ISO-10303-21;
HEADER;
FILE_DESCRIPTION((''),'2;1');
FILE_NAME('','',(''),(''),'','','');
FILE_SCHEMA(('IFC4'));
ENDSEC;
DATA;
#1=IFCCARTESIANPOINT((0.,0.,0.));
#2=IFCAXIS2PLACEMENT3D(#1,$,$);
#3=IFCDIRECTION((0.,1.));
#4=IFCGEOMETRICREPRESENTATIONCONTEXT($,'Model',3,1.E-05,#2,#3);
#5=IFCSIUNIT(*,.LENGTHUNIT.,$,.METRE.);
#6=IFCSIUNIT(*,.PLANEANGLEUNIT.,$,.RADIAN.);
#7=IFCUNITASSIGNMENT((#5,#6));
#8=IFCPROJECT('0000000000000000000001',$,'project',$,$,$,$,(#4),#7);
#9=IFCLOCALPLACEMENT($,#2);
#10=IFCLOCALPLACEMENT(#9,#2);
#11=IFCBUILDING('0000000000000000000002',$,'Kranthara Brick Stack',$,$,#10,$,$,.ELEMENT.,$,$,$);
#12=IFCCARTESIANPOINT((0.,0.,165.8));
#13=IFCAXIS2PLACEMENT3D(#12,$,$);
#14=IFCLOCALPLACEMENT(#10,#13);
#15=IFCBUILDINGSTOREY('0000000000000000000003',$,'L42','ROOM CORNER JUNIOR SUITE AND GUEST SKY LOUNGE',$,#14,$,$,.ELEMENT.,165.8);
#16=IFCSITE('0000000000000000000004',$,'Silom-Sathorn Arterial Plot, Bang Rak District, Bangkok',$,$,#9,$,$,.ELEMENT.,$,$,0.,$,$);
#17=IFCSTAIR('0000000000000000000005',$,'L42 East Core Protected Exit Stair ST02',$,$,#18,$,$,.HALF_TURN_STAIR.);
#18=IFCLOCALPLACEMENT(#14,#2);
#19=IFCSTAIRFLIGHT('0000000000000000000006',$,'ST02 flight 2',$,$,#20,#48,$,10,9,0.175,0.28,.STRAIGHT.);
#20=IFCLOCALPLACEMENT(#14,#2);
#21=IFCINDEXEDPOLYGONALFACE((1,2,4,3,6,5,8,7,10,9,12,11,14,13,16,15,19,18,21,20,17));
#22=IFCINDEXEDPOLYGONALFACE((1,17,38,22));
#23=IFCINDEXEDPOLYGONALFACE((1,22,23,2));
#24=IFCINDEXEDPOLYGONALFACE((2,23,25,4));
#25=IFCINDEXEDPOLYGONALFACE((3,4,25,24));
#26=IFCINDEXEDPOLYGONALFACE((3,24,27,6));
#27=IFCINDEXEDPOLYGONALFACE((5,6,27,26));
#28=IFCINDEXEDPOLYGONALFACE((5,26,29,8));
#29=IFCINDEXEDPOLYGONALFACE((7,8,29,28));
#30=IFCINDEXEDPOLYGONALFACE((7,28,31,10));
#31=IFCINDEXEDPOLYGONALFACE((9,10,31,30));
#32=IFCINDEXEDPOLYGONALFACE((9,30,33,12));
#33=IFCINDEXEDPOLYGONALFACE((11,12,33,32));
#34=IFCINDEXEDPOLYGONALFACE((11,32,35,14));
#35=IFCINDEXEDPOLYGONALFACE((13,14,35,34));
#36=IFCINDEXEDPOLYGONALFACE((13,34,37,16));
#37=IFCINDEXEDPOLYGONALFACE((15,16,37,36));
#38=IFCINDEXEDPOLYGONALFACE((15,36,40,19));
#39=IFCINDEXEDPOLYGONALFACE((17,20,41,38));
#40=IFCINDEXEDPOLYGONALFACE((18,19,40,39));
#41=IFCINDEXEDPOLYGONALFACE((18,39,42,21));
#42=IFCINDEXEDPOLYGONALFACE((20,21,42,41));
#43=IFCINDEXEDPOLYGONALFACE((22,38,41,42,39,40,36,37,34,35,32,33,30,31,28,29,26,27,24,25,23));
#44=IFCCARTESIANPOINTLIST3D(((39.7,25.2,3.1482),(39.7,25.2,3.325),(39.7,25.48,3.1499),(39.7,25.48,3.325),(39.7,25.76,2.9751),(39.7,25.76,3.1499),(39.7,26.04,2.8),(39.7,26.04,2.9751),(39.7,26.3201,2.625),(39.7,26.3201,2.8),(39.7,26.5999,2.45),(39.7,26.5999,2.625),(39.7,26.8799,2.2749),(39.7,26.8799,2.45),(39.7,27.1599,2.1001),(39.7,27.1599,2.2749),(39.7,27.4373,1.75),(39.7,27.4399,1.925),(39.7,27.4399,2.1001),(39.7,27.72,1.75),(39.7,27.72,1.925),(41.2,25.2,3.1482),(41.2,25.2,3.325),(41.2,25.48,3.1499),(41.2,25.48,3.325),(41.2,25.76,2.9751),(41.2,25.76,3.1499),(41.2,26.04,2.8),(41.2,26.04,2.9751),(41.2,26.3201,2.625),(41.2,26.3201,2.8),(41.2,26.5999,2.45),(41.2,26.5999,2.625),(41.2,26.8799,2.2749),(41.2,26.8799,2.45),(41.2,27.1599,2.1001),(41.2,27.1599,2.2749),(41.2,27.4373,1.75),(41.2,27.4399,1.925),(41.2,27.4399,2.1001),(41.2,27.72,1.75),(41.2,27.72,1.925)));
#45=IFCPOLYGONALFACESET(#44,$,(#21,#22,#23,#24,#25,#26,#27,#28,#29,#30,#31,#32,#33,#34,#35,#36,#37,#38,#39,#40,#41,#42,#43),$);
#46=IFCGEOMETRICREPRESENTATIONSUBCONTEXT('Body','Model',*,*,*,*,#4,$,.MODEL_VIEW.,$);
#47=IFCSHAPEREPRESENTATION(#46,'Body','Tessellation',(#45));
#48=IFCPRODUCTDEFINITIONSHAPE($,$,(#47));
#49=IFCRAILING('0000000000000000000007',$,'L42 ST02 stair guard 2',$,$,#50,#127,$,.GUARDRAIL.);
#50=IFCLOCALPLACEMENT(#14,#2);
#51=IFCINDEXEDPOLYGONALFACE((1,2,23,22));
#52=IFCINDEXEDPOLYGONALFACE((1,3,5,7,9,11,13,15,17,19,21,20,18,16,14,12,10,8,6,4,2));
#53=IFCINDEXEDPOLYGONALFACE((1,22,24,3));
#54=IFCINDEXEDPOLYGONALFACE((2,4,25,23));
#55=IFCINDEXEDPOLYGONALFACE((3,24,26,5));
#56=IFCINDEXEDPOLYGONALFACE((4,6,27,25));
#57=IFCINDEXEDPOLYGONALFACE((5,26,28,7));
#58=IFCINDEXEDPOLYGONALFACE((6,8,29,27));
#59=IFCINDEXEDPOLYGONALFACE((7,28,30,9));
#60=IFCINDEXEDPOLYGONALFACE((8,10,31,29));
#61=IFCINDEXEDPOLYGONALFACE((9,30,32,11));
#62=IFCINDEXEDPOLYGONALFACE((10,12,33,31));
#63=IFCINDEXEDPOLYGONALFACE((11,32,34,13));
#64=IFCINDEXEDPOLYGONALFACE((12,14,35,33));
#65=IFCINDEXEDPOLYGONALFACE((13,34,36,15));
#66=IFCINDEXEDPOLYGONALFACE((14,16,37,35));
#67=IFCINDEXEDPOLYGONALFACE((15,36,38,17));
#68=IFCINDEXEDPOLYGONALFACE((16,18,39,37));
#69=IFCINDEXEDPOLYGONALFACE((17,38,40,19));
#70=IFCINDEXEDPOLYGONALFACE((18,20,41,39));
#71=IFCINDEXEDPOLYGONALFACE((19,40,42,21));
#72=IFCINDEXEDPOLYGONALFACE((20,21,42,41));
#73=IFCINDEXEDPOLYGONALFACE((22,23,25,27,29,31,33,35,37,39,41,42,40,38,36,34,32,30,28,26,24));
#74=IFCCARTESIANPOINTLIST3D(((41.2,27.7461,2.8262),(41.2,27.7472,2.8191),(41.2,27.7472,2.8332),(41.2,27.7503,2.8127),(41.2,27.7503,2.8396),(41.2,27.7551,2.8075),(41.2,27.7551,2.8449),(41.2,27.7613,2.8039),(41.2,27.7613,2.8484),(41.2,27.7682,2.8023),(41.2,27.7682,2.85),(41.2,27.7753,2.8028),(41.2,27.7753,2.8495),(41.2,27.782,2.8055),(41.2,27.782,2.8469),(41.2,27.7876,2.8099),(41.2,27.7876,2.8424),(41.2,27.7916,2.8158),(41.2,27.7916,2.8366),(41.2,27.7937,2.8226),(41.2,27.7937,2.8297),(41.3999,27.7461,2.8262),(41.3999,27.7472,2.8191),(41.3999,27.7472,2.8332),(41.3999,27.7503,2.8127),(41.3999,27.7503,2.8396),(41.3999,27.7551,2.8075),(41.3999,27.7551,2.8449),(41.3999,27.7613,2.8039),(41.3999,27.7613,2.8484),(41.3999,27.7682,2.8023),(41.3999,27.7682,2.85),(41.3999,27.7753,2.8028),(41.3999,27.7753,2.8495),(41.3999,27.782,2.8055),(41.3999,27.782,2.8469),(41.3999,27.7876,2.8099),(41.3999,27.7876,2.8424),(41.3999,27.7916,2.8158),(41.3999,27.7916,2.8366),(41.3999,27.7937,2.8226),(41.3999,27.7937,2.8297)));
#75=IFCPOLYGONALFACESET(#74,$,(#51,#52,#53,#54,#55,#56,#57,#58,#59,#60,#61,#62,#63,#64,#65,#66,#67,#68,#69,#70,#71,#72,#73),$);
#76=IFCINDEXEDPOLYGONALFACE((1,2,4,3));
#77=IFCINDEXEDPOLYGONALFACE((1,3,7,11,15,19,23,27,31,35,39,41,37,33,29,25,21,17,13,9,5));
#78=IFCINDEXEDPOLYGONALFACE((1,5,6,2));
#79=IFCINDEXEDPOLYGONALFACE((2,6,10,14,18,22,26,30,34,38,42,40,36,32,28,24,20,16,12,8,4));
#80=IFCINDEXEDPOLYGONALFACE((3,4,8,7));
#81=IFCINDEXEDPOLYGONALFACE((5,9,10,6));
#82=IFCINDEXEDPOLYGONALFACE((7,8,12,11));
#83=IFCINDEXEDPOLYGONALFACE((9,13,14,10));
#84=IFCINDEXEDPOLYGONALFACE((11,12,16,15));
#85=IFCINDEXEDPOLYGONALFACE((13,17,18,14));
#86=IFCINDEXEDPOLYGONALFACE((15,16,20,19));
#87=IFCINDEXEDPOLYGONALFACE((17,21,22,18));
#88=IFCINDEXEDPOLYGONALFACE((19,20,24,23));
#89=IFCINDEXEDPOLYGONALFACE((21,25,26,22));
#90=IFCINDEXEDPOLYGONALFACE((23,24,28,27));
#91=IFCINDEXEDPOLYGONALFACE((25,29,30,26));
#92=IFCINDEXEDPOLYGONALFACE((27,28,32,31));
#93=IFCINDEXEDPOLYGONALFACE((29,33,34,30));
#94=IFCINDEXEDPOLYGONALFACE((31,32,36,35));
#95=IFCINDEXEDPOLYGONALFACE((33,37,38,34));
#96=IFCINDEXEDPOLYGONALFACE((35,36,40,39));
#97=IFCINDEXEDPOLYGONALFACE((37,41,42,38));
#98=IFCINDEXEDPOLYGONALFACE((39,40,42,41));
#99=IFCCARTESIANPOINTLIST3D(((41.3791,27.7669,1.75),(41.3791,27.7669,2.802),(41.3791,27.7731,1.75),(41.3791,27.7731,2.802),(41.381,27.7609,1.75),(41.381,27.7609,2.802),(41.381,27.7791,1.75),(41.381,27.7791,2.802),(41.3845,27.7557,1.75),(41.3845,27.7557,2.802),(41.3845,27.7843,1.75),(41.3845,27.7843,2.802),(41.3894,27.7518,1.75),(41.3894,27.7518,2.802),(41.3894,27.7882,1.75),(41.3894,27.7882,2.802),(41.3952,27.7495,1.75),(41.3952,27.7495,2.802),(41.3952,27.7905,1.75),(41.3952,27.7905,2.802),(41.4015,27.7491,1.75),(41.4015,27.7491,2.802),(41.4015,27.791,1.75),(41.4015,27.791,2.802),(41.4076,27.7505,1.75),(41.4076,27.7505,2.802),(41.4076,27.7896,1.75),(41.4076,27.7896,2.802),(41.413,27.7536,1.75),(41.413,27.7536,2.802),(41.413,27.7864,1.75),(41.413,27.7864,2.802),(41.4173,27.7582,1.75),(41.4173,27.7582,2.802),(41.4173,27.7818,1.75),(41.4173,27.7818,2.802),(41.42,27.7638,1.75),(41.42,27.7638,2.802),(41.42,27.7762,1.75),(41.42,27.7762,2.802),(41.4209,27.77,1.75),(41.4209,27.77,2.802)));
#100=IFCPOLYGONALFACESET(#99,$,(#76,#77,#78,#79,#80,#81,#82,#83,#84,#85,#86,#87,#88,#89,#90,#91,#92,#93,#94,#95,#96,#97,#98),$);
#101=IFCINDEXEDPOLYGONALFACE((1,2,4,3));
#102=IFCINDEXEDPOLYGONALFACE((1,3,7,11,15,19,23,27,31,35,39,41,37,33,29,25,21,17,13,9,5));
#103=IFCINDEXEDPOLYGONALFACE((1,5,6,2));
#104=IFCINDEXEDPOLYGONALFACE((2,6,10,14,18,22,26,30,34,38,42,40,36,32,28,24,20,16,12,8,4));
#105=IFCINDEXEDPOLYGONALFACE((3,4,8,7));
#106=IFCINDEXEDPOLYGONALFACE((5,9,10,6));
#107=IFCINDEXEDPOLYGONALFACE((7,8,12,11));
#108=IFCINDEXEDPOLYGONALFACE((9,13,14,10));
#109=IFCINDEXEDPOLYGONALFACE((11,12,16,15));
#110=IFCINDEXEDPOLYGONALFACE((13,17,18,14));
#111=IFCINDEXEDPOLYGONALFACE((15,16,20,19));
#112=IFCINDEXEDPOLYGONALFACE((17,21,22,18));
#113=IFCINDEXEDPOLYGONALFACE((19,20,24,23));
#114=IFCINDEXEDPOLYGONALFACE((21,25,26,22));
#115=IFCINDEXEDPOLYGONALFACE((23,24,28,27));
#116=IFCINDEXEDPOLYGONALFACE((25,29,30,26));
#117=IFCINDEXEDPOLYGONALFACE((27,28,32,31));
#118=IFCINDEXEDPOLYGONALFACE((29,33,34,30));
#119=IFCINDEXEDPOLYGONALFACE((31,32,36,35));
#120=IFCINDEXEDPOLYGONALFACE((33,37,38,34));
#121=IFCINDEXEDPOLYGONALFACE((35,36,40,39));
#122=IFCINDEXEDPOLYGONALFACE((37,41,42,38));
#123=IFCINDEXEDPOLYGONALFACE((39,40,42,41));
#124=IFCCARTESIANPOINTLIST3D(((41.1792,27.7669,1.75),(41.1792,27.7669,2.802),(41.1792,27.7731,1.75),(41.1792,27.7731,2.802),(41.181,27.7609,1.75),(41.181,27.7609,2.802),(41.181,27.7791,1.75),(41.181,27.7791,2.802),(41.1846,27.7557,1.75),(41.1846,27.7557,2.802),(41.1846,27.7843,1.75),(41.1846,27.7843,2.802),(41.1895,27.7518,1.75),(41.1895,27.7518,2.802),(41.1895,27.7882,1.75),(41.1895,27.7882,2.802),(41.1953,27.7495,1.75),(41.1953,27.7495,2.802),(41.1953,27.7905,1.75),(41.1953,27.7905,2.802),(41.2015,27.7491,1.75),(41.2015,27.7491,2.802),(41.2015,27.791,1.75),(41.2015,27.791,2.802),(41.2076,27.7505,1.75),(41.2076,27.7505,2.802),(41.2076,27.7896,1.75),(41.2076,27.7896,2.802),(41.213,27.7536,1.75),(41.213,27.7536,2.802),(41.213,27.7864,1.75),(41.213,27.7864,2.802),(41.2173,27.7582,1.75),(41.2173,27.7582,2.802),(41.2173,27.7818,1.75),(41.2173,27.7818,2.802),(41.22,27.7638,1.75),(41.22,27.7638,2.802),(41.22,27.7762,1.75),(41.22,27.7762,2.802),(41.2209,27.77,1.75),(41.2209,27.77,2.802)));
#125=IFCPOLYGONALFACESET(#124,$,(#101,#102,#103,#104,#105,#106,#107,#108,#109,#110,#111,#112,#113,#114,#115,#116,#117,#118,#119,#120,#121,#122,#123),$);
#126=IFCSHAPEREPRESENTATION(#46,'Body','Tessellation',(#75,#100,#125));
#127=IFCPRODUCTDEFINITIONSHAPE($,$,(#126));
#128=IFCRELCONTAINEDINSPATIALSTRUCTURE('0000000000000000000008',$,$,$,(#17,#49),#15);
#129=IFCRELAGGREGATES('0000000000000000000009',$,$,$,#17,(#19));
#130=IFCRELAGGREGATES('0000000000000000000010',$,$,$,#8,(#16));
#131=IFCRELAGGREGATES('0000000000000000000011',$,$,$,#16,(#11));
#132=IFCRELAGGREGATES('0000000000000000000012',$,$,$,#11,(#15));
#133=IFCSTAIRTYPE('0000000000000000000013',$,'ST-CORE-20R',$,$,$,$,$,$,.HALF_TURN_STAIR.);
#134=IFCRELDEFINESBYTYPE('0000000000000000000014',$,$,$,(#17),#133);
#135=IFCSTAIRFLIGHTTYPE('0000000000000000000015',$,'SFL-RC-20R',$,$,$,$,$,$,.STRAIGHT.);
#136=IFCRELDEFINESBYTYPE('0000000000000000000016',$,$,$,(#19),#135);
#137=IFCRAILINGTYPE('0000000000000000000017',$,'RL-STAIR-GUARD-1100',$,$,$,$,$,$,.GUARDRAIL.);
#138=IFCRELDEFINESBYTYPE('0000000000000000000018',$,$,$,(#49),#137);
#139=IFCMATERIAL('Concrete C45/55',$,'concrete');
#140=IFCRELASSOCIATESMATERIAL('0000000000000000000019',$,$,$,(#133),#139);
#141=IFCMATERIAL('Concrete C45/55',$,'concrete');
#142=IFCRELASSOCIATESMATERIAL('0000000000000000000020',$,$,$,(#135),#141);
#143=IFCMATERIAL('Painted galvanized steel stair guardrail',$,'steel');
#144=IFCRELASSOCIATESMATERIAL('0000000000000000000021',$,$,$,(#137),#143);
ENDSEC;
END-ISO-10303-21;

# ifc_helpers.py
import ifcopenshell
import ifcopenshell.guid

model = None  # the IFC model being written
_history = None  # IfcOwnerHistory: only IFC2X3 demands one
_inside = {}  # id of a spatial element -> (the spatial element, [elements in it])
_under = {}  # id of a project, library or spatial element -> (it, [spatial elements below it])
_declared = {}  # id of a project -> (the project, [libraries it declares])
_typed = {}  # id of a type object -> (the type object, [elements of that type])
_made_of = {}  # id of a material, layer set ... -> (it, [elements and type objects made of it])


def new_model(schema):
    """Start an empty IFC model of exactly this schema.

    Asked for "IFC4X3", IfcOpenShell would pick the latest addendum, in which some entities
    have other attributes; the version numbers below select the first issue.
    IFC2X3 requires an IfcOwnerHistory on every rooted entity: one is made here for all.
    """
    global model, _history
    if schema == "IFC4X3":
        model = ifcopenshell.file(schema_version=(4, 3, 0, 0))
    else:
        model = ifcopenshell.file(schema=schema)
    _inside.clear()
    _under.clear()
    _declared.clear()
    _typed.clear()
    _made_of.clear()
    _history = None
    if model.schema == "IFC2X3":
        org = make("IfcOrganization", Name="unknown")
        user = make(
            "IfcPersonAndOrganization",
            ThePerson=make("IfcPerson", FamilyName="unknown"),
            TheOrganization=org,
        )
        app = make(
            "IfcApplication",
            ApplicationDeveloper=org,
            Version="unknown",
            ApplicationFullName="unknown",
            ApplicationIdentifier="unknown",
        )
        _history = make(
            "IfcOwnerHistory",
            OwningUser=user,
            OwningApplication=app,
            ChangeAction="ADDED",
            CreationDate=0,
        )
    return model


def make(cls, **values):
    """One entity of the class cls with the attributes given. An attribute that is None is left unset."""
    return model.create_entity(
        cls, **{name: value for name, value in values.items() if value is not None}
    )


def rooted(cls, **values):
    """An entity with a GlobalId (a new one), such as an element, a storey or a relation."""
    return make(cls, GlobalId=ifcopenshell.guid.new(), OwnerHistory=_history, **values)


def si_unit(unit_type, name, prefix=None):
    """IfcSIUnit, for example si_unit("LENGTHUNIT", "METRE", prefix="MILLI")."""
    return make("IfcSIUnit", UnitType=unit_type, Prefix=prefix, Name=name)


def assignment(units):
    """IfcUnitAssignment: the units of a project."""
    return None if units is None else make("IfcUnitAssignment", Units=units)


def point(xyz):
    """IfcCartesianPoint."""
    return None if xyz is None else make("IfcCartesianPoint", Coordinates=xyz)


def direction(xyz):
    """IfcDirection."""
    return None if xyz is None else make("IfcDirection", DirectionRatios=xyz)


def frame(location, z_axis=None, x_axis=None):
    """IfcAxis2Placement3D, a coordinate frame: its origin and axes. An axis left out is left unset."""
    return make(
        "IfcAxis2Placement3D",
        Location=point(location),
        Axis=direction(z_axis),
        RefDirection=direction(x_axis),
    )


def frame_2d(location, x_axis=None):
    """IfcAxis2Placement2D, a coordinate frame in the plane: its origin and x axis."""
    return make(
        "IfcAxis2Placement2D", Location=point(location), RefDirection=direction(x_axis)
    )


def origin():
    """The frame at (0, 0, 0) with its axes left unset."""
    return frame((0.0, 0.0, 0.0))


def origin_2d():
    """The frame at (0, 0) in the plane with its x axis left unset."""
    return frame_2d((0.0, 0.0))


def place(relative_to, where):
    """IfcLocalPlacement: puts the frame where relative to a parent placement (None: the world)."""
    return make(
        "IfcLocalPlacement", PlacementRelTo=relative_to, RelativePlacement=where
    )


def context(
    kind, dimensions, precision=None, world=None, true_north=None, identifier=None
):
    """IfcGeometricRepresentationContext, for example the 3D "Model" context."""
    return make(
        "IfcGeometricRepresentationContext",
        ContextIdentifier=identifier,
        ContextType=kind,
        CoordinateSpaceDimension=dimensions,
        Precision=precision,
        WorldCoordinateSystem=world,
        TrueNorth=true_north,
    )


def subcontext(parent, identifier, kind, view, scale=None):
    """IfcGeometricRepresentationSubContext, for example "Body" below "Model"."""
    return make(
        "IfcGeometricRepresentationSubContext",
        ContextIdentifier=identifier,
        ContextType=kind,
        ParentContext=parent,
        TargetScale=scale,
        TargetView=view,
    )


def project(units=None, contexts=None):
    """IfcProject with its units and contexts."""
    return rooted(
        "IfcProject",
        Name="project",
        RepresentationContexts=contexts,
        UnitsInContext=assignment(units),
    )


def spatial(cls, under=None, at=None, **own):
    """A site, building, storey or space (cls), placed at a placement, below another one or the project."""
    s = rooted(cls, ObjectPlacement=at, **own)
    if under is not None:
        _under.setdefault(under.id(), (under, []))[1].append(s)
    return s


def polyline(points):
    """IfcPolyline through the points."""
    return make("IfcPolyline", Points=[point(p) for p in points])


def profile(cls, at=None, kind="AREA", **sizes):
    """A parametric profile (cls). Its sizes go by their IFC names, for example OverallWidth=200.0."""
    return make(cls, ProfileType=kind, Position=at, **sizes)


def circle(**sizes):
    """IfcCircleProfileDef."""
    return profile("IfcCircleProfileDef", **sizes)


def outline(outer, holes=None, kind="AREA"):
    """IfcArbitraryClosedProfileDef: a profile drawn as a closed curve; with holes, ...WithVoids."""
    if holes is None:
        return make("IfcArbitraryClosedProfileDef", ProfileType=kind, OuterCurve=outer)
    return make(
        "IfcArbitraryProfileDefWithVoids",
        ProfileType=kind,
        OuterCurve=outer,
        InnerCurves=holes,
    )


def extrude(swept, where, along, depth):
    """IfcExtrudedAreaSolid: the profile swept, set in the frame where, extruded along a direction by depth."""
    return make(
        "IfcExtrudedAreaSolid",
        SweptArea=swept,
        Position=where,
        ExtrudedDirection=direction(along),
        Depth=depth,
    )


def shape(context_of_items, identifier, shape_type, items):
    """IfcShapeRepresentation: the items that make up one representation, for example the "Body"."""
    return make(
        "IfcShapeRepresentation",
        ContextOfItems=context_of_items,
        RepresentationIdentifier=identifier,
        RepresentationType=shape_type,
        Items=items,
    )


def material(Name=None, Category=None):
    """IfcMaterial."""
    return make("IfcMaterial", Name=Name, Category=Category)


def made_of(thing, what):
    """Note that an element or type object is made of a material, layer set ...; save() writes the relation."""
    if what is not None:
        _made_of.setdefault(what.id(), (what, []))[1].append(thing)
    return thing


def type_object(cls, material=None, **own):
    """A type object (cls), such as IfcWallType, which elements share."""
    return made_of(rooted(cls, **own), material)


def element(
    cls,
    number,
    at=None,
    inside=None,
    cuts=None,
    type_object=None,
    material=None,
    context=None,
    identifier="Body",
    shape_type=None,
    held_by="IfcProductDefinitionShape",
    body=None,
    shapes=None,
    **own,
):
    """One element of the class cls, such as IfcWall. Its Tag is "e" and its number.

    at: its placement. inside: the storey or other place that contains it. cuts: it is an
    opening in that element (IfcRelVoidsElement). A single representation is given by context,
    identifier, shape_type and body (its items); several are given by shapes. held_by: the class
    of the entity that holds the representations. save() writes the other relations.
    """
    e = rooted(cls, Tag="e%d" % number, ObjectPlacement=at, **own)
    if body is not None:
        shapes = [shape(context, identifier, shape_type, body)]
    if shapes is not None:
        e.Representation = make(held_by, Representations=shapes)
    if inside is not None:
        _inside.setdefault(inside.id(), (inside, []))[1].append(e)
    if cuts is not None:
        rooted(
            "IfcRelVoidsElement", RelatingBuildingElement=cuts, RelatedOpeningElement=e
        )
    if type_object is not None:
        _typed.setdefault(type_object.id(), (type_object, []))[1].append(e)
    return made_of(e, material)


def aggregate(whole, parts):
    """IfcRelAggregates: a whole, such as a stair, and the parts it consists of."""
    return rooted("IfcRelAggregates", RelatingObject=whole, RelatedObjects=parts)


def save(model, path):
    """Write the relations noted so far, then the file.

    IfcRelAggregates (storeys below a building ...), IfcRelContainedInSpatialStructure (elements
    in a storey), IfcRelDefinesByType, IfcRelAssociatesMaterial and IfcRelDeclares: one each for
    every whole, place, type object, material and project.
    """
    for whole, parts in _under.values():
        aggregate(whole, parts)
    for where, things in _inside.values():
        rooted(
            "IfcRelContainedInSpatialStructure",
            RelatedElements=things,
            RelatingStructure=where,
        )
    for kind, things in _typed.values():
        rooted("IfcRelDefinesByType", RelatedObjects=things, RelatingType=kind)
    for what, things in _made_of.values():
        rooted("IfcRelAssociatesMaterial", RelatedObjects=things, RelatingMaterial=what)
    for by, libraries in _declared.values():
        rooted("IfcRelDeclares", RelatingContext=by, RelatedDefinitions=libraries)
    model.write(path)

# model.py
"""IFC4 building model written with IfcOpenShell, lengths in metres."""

from ifc_helpers import new_model, si_unit, direction, frame, origin, origin_2d, place, context, subcontext, project, spatial, polyline, circle, outline, extrude, material, type_object, element, aggregate, save


model = new_model("IFC4")

# Units and contexts
model_context = context("Model", 3, precision=1e-05, world=origin(), true_north=direction((0.0, 1.0)))
body_context = subcontext(model_context, "Body", "Model", "MODEL_VIEW")
ifc_project = project(units=[si_unit("LENGTHUNIT", "METRE"), si_unit("PLANEANGLEUNIT", "RADIAN")], contexts=[model_context])

# Site, building, storey
site_placement = place(None, origin())
site = spatial("IfcSite", under=ifc_project, at=site_placement, Name="Silom-Sathorn Arterial Plot, Bang Rak District, Bangkok", CompositionType="ELEMENT", RefElevation=0.0)
building_placement = place(site_placement, origin())
building = spatial("IfcBuilding", under=site, at=building_placement, Name="Kranthara Brick Stack", CompositionType="ELEMENT")
storey_placement = place(building_placement, frame((0.0, 0.0, 165.8)))
storey = spatial("IfcBuildingStorey", under=building, at=storey_placement, Name="L42", Description="ROOM CORNER JUNIOR SUITE AND GUEST SKY LOUNGE", CompositionType="ELEMENT", Elevation=165.8)

# Stair, stair flight
ifc_material_1 = material(Name="Concrete C45/55", Category="concrete")
stair_type = type_object("IfcStairType", Name="ST-CORE-20R", PredefinedType="HALF_TURN_STAIR", material=ifc_material_1)
stair_placement = place(storey_placement, origin())
stair = element("IfcStair", 1, at=stair_placement, inside=storey, type_object=stair_type, Name="L42 East Core Protected Exit Stair ST02", PredefinedType="HALF_TURN_STAIR")
ifc_material_2 = material(Name="Concrete C45/55", Category="concrete")
stair_flight_type = type_object("IfcStairFlightType", Name="SFL-RC-20R", PredefinedType="STRAIGHT", material=ifc_material_2)
stair_flight_1_placement = place(storey_placement, frame((40.45, 27.72, 1.75), z_axis=(0.0, 0.0, 1.0), x_axis=(0.0, -1.0, 0.0)))
stair_flight_1 = element("IfcStairFlight", 2, at=stair_flight_1_placement, type_object=stair_flight_type, Name="ST02 flight 2", NumberOfRisers=10, NumberOfTreads=9, PredefinedType="STRAIGHT", RiserHeight=0.175, TreadLength=0.28, context=body_context, shape_type="SweptSolid", body=[
    extrude(outline(polyline([(0.0, 0.0), (0.0, 0.175), (0.28, 0.175), (0.28, 0.3501), (0.5601, 0.3501), (0.5601, 0.5249), (0.8401, 0.5249), (0.8401, 0.7), (1.1201, 0.7), (1.1201, 0.875), (1.3999, 0.875), (1.3999, 1.05), (1.6799, 1.05), (1.6799, 1.2251), (1.96, 1.2251), (1.96, 1.3999), (2.24, 1.3999), (2.24, 1.575), (2.52, 1.575), (2.52, 1.75), (2.52, 1.3982), (0.2827, 0.0), (0.0, 0.0)])), frame((0.0, 0.75, 0.0), z_axis=(0.0, -1.0, 0.0), x_axis=(1.0, 0.0, 0.0)), (0.0, 0.0, 1.0), 1.5),
])
aggregate(stair, [stair_flight_1])

# Railing
ifc_material_3 = material(Name="Painted galvanized steel stair guardrail", Category="steel")
railing_type_1 = type_object("IfcRailingType", Name="RL-STAIR-GUARD-1100", PredefinedType="GUARDRAIL", material=ifc_material_3)
railing_1_placement = place(storey_placement, frame((41.3999, 27.77, 1.75)))
element("IfcRailing", 3, at=railing_1_placement, inside=storey, type_object=railing_type_1, Name="L42 ST02 stair guard 2", PredefinedType="GUARDRAIL", context=body_context, shape_type="SweptSolid", body=[
    extrude(circle(Radius=0.0239, at=origin_2d()), frame((0.0, 0.0, 1.0762), z_axis=(-1.0, 0.0, 0.0), x_axis=(0.0, -1.0, 0.0)), (0.0, 0.0, 1.0), 0.2),
    extrude(circle(Radius=0.021, at=origin_2d()), origin(), (0.0, 0.0, 1.0), 1.052),
    extrude(circle(Radius=0.021, at=origin_2d()), frame((-0.2, 0.0, 0.0)), (0.0, 0.0, 1.0), 1.052),
])

save(model, "model.ifc")
